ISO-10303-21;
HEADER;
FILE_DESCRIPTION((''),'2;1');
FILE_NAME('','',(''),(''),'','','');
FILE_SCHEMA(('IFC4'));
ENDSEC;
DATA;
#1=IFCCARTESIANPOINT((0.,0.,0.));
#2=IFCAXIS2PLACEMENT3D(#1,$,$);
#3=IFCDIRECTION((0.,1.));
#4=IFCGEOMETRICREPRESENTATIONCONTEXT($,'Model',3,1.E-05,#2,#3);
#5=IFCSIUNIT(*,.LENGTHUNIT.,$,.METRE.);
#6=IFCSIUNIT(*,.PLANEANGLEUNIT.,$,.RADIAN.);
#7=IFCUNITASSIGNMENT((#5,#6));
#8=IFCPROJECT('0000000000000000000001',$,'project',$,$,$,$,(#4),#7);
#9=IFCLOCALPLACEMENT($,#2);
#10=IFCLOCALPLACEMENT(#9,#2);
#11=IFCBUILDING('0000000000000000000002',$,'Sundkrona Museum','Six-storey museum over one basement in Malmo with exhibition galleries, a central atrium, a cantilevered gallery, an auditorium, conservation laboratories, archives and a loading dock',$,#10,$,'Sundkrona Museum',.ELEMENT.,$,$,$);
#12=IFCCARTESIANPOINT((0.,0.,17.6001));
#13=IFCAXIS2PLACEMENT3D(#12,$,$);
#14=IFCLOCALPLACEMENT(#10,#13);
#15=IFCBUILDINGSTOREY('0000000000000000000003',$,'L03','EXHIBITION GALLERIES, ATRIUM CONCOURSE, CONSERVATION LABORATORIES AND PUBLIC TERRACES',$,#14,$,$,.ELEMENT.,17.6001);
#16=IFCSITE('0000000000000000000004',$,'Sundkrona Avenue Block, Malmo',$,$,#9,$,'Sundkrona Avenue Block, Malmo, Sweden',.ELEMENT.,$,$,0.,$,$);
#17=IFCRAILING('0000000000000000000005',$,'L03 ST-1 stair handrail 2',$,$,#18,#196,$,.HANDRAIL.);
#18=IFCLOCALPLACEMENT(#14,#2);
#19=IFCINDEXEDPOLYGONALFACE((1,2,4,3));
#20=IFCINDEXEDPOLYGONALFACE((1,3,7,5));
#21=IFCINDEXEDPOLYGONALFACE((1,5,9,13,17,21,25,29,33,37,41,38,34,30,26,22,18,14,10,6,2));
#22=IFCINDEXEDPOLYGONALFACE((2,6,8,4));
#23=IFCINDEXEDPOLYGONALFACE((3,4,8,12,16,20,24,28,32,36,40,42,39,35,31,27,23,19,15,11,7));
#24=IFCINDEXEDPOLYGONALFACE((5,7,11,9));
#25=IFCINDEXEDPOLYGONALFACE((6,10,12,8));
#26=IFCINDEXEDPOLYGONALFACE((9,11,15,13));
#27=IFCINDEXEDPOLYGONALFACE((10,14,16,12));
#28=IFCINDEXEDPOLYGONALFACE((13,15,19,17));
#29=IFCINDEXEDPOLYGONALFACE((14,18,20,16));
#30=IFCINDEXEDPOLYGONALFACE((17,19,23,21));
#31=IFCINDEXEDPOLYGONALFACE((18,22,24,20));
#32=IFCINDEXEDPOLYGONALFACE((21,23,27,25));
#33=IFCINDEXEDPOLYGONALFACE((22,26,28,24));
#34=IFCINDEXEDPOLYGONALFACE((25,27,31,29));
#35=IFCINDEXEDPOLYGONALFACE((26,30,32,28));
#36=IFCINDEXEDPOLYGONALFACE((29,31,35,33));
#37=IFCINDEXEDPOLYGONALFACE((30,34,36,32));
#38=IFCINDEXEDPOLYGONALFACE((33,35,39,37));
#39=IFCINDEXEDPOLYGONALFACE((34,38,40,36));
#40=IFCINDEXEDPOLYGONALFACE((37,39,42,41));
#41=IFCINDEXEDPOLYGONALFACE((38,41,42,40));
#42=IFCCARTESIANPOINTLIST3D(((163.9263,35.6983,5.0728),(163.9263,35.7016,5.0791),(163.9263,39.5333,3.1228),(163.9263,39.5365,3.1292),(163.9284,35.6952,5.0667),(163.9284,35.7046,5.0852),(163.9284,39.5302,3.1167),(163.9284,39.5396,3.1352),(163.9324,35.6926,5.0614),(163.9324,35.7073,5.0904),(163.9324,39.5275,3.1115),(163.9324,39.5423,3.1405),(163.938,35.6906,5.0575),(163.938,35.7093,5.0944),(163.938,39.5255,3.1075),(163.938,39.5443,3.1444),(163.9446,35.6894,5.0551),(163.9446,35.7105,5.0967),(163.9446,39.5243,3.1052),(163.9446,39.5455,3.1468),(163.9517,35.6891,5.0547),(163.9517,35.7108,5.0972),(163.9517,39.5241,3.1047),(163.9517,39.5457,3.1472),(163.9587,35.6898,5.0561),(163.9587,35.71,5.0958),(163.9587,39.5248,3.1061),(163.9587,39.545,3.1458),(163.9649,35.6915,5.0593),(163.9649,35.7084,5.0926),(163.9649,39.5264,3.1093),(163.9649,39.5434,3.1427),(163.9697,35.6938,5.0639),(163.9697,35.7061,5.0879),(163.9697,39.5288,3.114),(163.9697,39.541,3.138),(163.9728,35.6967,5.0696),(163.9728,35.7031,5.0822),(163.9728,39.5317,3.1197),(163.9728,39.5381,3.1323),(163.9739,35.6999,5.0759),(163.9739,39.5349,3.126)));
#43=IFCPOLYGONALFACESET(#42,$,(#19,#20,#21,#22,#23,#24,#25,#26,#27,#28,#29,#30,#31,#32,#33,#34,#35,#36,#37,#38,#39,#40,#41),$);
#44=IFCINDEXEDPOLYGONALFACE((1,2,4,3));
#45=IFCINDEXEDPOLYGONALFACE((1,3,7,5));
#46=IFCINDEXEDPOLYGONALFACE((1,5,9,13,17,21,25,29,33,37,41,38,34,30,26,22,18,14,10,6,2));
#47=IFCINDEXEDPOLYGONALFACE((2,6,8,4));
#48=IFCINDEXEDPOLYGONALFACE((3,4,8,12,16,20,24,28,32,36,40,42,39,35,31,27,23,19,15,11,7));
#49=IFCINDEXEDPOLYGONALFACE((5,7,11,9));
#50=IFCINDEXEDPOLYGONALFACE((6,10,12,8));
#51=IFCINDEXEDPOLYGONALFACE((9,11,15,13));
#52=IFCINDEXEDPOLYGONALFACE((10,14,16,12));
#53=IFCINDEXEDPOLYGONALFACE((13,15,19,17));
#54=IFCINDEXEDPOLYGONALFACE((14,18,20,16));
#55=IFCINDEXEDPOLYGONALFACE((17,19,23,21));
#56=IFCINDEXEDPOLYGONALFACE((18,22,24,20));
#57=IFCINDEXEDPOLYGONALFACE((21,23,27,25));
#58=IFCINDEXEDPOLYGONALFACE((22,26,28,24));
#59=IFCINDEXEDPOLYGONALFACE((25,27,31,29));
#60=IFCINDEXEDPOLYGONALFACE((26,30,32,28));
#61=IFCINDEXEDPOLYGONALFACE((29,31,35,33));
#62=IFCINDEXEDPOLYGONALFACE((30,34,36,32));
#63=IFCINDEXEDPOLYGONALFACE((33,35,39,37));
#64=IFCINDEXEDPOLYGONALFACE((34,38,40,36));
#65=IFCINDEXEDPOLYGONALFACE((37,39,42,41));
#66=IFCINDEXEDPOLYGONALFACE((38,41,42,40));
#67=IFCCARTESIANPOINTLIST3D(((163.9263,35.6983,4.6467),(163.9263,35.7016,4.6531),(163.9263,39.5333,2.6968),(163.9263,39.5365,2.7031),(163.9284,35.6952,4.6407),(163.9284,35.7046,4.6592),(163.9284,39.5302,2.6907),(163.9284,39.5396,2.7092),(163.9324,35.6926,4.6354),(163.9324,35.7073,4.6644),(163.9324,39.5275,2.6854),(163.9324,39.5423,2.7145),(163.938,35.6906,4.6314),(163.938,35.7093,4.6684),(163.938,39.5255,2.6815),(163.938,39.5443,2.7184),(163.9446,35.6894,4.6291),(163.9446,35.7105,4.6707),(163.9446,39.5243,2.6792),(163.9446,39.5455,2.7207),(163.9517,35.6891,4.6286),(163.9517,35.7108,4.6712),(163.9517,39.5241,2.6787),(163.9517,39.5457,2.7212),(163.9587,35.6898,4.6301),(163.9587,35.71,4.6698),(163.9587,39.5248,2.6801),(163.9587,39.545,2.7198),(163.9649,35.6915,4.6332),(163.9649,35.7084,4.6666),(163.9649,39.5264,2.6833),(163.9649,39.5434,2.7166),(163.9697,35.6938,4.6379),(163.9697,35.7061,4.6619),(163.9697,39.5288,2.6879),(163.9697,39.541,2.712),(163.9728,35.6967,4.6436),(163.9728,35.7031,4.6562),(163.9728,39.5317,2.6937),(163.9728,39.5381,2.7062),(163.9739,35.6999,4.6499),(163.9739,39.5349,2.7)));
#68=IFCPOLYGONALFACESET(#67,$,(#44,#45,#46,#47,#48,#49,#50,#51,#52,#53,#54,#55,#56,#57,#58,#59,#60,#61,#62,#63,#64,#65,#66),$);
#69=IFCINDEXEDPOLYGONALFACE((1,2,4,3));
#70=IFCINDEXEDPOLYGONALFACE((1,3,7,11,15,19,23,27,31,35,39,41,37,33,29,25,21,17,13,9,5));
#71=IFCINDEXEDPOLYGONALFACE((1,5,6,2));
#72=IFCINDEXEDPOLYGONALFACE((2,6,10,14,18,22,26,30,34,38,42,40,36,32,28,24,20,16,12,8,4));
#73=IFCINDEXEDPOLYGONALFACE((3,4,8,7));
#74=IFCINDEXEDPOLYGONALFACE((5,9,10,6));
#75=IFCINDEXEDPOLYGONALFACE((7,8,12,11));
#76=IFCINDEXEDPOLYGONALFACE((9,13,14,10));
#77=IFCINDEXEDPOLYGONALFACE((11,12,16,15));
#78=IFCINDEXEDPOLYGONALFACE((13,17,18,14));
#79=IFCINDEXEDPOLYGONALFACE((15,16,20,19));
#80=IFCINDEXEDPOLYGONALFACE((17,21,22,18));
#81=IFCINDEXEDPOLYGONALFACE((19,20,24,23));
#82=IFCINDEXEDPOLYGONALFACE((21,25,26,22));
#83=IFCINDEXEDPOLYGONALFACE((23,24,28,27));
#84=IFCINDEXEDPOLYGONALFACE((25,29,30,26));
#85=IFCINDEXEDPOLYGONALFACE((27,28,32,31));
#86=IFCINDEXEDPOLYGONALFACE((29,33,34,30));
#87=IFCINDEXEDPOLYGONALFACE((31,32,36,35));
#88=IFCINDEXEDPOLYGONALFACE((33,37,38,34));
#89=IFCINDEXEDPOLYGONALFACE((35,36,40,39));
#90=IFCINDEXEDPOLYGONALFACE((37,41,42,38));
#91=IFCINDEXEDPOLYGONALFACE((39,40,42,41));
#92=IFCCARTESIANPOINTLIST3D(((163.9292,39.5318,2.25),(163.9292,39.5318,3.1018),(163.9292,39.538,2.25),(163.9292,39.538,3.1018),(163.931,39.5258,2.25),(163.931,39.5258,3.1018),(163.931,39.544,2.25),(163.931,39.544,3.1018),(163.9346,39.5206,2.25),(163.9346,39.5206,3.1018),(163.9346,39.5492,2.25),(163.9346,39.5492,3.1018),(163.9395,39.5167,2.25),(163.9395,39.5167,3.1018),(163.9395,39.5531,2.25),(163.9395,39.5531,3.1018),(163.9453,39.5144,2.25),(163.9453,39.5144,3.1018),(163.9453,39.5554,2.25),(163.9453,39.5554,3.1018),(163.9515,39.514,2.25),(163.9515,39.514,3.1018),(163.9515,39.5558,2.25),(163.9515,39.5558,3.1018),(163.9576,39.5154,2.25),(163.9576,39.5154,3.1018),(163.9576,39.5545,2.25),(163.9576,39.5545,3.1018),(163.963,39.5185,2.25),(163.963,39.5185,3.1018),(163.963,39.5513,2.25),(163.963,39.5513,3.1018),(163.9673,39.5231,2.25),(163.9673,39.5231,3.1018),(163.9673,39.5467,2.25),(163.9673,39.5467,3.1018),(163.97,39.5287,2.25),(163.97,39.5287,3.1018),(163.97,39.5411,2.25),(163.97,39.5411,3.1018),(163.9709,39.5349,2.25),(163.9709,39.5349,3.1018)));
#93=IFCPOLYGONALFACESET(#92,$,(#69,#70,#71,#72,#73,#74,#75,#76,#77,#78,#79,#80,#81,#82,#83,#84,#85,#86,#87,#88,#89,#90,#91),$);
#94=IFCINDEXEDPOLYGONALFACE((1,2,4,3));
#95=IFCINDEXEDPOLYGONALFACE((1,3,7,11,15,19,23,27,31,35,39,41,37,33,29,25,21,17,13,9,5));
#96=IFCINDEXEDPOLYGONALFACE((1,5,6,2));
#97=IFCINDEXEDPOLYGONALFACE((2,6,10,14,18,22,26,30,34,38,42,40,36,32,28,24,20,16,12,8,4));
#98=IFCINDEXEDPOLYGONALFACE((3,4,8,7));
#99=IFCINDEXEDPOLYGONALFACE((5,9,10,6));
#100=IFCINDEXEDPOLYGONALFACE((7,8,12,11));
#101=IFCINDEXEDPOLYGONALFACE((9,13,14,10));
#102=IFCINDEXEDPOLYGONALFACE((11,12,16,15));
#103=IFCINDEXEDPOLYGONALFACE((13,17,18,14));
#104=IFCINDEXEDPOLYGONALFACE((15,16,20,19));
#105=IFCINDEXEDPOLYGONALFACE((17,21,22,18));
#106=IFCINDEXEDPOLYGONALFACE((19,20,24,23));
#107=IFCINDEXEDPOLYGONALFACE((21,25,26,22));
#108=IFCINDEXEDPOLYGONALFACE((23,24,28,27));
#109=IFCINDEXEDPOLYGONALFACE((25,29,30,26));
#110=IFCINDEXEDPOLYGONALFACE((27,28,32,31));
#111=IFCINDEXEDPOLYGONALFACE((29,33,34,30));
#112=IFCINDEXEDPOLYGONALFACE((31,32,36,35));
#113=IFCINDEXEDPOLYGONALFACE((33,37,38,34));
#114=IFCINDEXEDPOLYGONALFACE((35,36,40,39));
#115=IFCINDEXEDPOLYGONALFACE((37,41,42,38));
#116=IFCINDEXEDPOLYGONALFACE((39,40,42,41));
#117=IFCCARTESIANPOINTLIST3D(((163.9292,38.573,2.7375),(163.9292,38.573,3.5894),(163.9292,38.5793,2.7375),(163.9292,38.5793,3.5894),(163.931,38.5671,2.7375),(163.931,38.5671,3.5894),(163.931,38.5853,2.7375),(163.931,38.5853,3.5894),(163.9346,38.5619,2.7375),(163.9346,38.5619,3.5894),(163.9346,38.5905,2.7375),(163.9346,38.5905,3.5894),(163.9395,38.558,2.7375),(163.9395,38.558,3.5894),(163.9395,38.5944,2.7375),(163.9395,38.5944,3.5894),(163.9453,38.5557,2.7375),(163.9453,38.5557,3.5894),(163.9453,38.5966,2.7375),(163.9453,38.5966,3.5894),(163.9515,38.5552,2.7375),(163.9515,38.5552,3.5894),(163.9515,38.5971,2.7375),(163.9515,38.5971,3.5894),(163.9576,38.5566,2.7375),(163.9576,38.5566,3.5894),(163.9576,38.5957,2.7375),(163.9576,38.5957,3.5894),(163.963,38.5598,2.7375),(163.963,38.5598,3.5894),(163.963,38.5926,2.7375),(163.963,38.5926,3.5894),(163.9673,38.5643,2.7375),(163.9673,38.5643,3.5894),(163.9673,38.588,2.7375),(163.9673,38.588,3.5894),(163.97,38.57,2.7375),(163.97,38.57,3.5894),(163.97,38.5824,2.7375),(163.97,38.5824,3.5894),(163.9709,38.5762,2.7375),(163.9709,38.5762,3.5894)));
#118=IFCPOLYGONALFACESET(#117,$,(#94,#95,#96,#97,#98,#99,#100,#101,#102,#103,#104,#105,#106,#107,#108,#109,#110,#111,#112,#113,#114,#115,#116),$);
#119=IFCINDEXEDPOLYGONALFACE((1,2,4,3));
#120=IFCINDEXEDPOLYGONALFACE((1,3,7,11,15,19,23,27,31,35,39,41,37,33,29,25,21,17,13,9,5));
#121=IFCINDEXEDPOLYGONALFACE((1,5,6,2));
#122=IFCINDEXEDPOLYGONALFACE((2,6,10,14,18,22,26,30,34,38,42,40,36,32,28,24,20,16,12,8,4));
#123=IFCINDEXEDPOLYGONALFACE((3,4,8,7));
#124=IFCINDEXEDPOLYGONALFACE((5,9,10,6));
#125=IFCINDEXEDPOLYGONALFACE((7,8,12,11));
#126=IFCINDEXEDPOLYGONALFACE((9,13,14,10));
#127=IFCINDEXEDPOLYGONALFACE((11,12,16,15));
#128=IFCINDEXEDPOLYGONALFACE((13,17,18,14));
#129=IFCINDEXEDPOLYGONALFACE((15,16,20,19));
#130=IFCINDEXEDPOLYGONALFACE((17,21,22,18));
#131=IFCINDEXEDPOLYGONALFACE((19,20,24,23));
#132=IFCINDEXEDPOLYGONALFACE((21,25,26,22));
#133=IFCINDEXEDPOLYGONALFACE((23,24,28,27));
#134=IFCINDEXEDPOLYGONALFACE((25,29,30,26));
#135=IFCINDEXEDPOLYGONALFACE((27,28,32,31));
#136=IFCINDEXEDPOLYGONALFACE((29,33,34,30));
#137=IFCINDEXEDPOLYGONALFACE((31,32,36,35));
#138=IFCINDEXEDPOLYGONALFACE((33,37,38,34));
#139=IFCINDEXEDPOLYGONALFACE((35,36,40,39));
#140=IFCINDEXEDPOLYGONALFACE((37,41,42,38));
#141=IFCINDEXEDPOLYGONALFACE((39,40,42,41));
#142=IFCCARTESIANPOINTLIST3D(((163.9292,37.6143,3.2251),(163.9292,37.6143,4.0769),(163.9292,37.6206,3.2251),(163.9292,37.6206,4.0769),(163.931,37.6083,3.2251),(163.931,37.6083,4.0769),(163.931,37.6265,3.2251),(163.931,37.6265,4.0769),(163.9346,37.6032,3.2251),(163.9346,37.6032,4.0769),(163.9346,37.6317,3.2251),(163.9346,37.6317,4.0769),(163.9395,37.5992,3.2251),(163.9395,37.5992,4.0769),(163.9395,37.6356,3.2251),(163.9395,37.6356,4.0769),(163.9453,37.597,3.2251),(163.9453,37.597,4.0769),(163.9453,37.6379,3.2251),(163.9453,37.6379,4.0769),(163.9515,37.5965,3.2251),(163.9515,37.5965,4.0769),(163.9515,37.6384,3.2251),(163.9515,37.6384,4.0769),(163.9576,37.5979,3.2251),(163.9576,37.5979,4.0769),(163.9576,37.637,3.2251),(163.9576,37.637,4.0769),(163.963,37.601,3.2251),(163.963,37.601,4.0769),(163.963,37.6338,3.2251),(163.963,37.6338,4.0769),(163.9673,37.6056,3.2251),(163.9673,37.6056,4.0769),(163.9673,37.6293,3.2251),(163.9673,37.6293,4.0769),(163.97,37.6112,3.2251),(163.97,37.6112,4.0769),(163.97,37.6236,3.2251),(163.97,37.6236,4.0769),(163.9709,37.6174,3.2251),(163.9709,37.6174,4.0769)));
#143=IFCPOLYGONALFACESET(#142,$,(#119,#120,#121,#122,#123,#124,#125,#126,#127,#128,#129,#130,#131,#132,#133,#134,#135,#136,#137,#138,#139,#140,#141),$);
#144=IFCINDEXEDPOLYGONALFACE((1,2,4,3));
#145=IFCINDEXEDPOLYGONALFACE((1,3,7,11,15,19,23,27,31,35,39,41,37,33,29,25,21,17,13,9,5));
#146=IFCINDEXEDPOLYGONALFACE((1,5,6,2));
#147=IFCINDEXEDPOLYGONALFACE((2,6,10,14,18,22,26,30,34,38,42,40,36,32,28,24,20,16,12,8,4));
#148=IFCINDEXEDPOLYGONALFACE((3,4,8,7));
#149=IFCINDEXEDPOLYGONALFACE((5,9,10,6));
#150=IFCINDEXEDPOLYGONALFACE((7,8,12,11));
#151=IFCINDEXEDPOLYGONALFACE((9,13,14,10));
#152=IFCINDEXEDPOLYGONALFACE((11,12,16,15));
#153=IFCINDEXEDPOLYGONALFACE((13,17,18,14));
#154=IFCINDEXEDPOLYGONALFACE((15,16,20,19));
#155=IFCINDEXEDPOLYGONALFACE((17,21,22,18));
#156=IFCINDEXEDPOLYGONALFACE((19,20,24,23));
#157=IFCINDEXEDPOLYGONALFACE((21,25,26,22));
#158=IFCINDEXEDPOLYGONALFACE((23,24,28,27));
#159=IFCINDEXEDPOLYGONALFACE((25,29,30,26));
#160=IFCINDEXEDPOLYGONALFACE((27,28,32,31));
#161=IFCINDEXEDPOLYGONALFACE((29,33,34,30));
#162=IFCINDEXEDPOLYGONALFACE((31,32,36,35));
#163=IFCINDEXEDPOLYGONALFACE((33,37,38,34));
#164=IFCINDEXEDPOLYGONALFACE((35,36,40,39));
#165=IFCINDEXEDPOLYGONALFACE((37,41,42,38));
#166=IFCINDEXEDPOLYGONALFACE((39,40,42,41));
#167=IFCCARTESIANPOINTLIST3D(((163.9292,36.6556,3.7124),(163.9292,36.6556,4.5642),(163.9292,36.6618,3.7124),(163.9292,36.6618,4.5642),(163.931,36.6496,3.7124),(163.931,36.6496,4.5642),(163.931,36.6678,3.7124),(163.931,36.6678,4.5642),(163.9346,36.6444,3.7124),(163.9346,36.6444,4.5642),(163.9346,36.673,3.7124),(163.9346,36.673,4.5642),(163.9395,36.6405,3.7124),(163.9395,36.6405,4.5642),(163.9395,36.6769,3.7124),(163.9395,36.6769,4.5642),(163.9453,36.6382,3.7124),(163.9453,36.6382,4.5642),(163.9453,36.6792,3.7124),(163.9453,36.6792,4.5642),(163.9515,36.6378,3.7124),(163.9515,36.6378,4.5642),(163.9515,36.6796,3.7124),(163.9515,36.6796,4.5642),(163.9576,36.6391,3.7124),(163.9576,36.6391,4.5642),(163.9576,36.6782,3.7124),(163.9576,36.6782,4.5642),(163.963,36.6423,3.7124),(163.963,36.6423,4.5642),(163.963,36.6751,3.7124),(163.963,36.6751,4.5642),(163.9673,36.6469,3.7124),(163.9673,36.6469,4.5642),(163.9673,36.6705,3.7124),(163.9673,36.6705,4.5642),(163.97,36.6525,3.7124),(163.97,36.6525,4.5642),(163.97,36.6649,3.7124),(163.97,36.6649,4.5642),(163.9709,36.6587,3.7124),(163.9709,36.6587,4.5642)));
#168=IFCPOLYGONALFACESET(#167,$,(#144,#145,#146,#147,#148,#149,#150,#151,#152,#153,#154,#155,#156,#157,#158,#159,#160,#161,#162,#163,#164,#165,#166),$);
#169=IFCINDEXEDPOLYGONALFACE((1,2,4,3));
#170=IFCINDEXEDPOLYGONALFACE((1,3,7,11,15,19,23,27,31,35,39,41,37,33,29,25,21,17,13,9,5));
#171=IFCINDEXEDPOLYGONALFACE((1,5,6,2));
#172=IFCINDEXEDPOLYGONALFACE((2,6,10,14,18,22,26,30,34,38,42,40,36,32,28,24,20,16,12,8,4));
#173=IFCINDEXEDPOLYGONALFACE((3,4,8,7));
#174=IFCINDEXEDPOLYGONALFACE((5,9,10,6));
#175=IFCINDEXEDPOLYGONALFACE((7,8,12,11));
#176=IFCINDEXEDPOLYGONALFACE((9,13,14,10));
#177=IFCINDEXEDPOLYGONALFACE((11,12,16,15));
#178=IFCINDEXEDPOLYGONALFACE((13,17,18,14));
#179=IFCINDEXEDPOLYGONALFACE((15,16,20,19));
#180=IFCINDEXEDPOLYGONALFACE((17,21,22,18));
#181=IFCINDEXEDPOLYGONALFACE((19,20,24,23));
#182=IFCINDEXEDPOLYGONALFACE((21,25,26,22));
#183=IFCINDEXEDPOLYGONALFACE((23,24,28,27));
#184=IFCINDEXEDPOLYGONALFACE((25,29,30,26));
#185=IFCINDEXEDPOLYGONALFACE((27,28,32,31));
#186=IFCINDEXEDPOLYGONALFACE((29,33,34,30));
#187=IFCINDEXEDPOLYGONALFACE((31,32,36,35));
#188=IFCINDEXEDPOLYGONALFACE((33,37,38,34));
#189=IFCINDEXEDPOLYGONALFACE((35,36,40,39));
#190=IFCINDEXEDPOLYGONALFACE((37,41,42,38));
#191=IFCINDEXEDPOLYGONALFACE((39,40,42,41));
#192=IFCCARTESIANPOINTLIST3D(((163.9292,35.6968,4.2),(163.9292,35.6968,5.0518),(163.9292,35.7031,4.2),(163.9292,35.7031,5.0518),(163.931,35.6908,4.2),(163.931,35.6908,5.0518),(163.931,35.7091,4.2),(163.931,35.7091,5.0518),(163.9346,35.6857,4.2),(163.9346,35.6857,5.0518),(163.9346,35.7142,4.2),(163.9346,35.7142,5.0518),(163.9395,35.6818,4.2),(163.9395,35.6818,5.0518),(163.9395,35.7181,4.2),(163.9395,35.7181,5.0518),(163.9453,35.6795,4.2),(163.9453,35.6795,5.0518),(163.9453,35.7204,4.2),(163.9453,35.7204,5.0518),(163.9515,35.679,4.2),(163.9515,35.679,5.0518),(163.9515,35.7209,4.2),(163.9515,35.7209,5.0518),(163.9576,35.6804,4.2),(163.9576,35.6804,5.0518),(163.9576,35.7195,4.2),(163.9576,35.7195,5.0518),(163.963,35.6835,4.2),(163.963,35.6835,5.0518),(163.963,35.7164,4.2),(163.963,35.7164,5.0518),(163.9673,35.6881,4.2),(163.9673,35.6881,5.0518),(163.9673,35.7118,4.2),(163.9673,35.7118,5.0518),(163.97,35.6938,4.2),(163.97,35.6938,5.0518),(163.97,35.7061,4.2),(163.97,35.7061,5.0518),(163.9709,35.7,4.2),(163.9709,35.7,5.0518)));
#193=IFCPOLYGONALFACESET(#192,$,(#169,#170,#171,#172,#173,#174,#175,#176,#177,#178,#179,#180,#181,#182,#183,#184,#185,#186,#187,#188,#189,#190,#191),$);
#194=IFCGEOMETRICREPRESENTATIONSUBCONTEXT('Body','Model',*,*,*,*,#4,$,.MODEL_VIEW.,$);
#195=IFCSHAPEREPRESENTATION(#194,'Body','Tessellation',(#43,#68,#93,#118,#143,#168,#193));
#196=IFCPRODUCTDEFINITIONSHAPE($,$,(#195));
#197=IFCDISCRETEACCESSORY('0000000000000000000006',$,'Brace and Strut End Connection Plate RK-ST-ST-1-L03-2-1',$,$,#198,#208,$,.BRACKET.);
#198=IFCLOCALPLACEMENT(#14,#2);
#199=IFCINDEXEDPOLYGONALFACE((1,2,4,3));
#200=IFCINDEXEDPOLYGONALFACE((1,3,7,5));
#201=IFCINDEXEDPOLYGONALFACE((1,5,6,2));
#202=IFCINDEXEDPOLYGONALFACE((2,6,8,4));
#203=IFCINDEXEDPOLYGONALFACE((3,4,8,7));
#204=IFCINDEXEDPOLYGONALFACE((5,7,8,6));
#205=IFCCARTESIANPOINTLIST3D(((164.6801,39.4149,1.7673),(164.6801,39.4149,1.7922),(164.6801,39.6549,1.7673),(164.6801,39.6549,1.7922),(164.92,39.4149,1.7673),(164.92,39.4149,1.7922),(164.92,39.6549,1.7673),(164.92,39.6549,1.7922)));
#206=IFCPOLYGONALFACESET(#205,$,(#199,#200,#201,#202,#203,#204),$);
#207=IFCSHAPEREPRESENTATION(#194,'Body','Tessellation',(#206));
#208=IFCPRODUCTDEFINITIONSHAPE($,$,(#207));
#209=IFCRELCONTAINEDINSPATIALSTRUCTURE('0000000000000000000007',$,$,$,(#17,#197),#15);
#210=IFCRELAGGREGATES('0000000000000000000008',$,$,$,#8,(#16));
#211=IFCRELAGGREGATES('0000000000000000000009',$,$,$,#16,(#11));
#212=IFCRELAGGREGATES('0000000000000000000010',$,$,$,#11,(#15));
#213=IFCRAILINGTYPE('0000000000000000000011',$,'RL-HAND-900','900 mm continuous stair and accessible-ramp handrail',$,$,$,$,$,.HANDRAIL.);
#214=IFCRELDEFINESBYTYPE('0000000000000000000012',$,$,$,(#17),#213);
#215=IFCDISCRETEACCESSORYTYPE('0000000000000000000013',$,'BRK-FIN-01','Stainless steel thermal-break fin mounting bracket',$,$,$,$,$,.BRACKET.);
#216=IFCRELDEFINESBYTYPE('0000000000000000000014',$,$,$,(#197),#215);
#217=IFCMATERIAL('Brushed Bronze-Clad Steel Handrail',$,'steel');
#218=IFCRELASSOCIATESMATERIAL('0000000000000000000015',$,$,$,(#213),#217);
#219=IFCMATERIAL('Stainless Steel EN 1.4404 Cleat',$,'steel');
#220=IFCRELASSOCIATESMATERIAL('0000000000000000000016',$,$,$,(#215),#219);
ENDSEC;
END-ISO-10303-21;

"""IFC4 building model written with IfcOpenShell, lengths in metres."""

from ifc_helpers import new_model, si_unit, direction, frame, origin, origin_2d, place, context, subcontext, project, spatial, rectangle, circle, extrude, material, type_object, element, save


model = new_model("IFC4")

# Units and contexts
model_context = context("Model", 3, precision=1e-05, world=origin(), true_north=direction((0.0, 1.0)))
body_context = subcontext(model_context, "Body", "Model", "MODEL_VIEW")
ifc_project = project(units=[si_unit("LENGTHUNIT", "METRE"), si_unit("PLANEANGLEUNIT", "RADIAN")], contexts=[model_context])

# Site, building, storey
site_placement = place(None, origin())
site = spatial("IfcSite", under=ifc_project, at=site_placement, Name="Sundkrona Avenue Block, Malmo", LongName="Sundkrona Avenue Block, Malmo, Sweden", CompositionType="ELEMENT", RefElevation=0.0)
building_placement = place(site_placement, origin())
building = spatial("IfcBuilding", under=site, at=building_placement, Name="Sundkrona Museum", Description="Six-storey museum over one basement in Malmo with exhibition galleries, a central atrium, a cantilevered gallery, an auditorium, conservation laboratories, archives and a loading dock", LongName="Sundkrona Museum", CompositionType="ELEMENT")
storey_placement = place(building_placement, frame((0.0, 0.0, 17.6001)))
storey = spatial("IfcBuildingStorey", under=building, at=storey_placement, Name="L03", Description="EXHIBITION GALLERIES, ATRIUM CONCOURSE, CONSERVATION LABORATORIES AND PUBLIC TERRACES", CompositionType="ELEMENT", Elevation=17.6001)

# Railing
ifc_material_1 = material(Name="Brushed Bronze-Clad Steel Handrail", Category="steel")
railing_type_1 = type_object("IfcRailingType", Name="RL-HAND-900", Description="900 mm continuous stair and accessible-ramp handrail", PredefinedType="HANDRAIL", material=ifc_material_1)
railing_1_placement = place(storey_placement, frame((163.95, 39.5349, 2.25)))
element("IfcRailing", 1, at=railing_1_placement, inside=storey, type_object=railing_type_1, Name="L03 ST-1 stair handrail 2", PredefinedType="HANDRAIL", context=body_context, shape_type="SweptSolid", body=[
    extrude(circle(Radius=0.0239, at=origin_2d()), frame((0.0, 0.0, 0.876), z_axis=(0.0, -0.891388, 0.453241), x_axis=(1.0, 0.0, 0.0)), (0.0, 0.0, 1.0), 4.3022),
    extrude(circle(Radius=0.0239, at=origin_2d()), frame((0.0, 0.0, 0.45), z_axis=(0.0, -0.891388, 0.453241), x_axis=(1.0, 0.0, 0.0)), (0.0, 0.0, 1.0), 4.3022),
    extrude(circle(Radius=0.021, at=origin_2d()), origin(), (0.0, 0.0, 1.0), 0.8518),
    extrude(circle(Radius=0.021, at=origin_2d()), frame((0.0, -0.9587, 0.4875)), (0.0, 0.0, 1.0), 0.8518),
    extrude(circle(Radius=0.021, at=origin_2d()), frame((0.0, -1.9175, 0.9751)), (0.0, 0.0, 1.0), 0.8518),
    extrude(circle(Radius=0.021, at=origin_2d()), frame((0.0, -2.8762, 1.4624)), (0.0, 0.0, 1.0), 0.8518),
    extrude(circle(Radius=0.021, at=origin_2d()), frame((0.0, -3.835, 1.95)), (0.0, 0.0, 1.0), 0.8518),
])

# Discrete accessory
ifc_material_2 = material(Name="Stainless Steel EN 1.4404 Cleat", Category="steel")
discrete_accessory_type = type_object("IfcDiscreteAccessoryType", Name="BRK-FIN-01", Description="Stainless steel thermal-break fin mounting bracket", PredefinedType="BRACKET", material=ifc_material_2)
for number, where, z_axis, x_axis, name in (
    (2, (164.8, 39.5349, 1.7673), (0.0, 0.0, 1.0), (1.0, 0.0, 0.0), "Brace and Strut End Connection Plate RK-ST-ST-1-L03-2-1"),
):
    element("IfcDiscreteAccessory", number, at=place(storey_placement, frame(where, z_axis=z_axis, x_axis=x_axis)), inside=storey, type_object=discrete_accessory_type, Name=name, PredefinedType="BRACKET", context=body_context, shape_type="SweptSolid", body=[
        extrude(rectangle(XDim=0.24, YDim=0.24, at=origin_2d()), origin(), (0.0, 0.0, 1.0), 0.0249),
    ])

save(model, "model.ifc")
